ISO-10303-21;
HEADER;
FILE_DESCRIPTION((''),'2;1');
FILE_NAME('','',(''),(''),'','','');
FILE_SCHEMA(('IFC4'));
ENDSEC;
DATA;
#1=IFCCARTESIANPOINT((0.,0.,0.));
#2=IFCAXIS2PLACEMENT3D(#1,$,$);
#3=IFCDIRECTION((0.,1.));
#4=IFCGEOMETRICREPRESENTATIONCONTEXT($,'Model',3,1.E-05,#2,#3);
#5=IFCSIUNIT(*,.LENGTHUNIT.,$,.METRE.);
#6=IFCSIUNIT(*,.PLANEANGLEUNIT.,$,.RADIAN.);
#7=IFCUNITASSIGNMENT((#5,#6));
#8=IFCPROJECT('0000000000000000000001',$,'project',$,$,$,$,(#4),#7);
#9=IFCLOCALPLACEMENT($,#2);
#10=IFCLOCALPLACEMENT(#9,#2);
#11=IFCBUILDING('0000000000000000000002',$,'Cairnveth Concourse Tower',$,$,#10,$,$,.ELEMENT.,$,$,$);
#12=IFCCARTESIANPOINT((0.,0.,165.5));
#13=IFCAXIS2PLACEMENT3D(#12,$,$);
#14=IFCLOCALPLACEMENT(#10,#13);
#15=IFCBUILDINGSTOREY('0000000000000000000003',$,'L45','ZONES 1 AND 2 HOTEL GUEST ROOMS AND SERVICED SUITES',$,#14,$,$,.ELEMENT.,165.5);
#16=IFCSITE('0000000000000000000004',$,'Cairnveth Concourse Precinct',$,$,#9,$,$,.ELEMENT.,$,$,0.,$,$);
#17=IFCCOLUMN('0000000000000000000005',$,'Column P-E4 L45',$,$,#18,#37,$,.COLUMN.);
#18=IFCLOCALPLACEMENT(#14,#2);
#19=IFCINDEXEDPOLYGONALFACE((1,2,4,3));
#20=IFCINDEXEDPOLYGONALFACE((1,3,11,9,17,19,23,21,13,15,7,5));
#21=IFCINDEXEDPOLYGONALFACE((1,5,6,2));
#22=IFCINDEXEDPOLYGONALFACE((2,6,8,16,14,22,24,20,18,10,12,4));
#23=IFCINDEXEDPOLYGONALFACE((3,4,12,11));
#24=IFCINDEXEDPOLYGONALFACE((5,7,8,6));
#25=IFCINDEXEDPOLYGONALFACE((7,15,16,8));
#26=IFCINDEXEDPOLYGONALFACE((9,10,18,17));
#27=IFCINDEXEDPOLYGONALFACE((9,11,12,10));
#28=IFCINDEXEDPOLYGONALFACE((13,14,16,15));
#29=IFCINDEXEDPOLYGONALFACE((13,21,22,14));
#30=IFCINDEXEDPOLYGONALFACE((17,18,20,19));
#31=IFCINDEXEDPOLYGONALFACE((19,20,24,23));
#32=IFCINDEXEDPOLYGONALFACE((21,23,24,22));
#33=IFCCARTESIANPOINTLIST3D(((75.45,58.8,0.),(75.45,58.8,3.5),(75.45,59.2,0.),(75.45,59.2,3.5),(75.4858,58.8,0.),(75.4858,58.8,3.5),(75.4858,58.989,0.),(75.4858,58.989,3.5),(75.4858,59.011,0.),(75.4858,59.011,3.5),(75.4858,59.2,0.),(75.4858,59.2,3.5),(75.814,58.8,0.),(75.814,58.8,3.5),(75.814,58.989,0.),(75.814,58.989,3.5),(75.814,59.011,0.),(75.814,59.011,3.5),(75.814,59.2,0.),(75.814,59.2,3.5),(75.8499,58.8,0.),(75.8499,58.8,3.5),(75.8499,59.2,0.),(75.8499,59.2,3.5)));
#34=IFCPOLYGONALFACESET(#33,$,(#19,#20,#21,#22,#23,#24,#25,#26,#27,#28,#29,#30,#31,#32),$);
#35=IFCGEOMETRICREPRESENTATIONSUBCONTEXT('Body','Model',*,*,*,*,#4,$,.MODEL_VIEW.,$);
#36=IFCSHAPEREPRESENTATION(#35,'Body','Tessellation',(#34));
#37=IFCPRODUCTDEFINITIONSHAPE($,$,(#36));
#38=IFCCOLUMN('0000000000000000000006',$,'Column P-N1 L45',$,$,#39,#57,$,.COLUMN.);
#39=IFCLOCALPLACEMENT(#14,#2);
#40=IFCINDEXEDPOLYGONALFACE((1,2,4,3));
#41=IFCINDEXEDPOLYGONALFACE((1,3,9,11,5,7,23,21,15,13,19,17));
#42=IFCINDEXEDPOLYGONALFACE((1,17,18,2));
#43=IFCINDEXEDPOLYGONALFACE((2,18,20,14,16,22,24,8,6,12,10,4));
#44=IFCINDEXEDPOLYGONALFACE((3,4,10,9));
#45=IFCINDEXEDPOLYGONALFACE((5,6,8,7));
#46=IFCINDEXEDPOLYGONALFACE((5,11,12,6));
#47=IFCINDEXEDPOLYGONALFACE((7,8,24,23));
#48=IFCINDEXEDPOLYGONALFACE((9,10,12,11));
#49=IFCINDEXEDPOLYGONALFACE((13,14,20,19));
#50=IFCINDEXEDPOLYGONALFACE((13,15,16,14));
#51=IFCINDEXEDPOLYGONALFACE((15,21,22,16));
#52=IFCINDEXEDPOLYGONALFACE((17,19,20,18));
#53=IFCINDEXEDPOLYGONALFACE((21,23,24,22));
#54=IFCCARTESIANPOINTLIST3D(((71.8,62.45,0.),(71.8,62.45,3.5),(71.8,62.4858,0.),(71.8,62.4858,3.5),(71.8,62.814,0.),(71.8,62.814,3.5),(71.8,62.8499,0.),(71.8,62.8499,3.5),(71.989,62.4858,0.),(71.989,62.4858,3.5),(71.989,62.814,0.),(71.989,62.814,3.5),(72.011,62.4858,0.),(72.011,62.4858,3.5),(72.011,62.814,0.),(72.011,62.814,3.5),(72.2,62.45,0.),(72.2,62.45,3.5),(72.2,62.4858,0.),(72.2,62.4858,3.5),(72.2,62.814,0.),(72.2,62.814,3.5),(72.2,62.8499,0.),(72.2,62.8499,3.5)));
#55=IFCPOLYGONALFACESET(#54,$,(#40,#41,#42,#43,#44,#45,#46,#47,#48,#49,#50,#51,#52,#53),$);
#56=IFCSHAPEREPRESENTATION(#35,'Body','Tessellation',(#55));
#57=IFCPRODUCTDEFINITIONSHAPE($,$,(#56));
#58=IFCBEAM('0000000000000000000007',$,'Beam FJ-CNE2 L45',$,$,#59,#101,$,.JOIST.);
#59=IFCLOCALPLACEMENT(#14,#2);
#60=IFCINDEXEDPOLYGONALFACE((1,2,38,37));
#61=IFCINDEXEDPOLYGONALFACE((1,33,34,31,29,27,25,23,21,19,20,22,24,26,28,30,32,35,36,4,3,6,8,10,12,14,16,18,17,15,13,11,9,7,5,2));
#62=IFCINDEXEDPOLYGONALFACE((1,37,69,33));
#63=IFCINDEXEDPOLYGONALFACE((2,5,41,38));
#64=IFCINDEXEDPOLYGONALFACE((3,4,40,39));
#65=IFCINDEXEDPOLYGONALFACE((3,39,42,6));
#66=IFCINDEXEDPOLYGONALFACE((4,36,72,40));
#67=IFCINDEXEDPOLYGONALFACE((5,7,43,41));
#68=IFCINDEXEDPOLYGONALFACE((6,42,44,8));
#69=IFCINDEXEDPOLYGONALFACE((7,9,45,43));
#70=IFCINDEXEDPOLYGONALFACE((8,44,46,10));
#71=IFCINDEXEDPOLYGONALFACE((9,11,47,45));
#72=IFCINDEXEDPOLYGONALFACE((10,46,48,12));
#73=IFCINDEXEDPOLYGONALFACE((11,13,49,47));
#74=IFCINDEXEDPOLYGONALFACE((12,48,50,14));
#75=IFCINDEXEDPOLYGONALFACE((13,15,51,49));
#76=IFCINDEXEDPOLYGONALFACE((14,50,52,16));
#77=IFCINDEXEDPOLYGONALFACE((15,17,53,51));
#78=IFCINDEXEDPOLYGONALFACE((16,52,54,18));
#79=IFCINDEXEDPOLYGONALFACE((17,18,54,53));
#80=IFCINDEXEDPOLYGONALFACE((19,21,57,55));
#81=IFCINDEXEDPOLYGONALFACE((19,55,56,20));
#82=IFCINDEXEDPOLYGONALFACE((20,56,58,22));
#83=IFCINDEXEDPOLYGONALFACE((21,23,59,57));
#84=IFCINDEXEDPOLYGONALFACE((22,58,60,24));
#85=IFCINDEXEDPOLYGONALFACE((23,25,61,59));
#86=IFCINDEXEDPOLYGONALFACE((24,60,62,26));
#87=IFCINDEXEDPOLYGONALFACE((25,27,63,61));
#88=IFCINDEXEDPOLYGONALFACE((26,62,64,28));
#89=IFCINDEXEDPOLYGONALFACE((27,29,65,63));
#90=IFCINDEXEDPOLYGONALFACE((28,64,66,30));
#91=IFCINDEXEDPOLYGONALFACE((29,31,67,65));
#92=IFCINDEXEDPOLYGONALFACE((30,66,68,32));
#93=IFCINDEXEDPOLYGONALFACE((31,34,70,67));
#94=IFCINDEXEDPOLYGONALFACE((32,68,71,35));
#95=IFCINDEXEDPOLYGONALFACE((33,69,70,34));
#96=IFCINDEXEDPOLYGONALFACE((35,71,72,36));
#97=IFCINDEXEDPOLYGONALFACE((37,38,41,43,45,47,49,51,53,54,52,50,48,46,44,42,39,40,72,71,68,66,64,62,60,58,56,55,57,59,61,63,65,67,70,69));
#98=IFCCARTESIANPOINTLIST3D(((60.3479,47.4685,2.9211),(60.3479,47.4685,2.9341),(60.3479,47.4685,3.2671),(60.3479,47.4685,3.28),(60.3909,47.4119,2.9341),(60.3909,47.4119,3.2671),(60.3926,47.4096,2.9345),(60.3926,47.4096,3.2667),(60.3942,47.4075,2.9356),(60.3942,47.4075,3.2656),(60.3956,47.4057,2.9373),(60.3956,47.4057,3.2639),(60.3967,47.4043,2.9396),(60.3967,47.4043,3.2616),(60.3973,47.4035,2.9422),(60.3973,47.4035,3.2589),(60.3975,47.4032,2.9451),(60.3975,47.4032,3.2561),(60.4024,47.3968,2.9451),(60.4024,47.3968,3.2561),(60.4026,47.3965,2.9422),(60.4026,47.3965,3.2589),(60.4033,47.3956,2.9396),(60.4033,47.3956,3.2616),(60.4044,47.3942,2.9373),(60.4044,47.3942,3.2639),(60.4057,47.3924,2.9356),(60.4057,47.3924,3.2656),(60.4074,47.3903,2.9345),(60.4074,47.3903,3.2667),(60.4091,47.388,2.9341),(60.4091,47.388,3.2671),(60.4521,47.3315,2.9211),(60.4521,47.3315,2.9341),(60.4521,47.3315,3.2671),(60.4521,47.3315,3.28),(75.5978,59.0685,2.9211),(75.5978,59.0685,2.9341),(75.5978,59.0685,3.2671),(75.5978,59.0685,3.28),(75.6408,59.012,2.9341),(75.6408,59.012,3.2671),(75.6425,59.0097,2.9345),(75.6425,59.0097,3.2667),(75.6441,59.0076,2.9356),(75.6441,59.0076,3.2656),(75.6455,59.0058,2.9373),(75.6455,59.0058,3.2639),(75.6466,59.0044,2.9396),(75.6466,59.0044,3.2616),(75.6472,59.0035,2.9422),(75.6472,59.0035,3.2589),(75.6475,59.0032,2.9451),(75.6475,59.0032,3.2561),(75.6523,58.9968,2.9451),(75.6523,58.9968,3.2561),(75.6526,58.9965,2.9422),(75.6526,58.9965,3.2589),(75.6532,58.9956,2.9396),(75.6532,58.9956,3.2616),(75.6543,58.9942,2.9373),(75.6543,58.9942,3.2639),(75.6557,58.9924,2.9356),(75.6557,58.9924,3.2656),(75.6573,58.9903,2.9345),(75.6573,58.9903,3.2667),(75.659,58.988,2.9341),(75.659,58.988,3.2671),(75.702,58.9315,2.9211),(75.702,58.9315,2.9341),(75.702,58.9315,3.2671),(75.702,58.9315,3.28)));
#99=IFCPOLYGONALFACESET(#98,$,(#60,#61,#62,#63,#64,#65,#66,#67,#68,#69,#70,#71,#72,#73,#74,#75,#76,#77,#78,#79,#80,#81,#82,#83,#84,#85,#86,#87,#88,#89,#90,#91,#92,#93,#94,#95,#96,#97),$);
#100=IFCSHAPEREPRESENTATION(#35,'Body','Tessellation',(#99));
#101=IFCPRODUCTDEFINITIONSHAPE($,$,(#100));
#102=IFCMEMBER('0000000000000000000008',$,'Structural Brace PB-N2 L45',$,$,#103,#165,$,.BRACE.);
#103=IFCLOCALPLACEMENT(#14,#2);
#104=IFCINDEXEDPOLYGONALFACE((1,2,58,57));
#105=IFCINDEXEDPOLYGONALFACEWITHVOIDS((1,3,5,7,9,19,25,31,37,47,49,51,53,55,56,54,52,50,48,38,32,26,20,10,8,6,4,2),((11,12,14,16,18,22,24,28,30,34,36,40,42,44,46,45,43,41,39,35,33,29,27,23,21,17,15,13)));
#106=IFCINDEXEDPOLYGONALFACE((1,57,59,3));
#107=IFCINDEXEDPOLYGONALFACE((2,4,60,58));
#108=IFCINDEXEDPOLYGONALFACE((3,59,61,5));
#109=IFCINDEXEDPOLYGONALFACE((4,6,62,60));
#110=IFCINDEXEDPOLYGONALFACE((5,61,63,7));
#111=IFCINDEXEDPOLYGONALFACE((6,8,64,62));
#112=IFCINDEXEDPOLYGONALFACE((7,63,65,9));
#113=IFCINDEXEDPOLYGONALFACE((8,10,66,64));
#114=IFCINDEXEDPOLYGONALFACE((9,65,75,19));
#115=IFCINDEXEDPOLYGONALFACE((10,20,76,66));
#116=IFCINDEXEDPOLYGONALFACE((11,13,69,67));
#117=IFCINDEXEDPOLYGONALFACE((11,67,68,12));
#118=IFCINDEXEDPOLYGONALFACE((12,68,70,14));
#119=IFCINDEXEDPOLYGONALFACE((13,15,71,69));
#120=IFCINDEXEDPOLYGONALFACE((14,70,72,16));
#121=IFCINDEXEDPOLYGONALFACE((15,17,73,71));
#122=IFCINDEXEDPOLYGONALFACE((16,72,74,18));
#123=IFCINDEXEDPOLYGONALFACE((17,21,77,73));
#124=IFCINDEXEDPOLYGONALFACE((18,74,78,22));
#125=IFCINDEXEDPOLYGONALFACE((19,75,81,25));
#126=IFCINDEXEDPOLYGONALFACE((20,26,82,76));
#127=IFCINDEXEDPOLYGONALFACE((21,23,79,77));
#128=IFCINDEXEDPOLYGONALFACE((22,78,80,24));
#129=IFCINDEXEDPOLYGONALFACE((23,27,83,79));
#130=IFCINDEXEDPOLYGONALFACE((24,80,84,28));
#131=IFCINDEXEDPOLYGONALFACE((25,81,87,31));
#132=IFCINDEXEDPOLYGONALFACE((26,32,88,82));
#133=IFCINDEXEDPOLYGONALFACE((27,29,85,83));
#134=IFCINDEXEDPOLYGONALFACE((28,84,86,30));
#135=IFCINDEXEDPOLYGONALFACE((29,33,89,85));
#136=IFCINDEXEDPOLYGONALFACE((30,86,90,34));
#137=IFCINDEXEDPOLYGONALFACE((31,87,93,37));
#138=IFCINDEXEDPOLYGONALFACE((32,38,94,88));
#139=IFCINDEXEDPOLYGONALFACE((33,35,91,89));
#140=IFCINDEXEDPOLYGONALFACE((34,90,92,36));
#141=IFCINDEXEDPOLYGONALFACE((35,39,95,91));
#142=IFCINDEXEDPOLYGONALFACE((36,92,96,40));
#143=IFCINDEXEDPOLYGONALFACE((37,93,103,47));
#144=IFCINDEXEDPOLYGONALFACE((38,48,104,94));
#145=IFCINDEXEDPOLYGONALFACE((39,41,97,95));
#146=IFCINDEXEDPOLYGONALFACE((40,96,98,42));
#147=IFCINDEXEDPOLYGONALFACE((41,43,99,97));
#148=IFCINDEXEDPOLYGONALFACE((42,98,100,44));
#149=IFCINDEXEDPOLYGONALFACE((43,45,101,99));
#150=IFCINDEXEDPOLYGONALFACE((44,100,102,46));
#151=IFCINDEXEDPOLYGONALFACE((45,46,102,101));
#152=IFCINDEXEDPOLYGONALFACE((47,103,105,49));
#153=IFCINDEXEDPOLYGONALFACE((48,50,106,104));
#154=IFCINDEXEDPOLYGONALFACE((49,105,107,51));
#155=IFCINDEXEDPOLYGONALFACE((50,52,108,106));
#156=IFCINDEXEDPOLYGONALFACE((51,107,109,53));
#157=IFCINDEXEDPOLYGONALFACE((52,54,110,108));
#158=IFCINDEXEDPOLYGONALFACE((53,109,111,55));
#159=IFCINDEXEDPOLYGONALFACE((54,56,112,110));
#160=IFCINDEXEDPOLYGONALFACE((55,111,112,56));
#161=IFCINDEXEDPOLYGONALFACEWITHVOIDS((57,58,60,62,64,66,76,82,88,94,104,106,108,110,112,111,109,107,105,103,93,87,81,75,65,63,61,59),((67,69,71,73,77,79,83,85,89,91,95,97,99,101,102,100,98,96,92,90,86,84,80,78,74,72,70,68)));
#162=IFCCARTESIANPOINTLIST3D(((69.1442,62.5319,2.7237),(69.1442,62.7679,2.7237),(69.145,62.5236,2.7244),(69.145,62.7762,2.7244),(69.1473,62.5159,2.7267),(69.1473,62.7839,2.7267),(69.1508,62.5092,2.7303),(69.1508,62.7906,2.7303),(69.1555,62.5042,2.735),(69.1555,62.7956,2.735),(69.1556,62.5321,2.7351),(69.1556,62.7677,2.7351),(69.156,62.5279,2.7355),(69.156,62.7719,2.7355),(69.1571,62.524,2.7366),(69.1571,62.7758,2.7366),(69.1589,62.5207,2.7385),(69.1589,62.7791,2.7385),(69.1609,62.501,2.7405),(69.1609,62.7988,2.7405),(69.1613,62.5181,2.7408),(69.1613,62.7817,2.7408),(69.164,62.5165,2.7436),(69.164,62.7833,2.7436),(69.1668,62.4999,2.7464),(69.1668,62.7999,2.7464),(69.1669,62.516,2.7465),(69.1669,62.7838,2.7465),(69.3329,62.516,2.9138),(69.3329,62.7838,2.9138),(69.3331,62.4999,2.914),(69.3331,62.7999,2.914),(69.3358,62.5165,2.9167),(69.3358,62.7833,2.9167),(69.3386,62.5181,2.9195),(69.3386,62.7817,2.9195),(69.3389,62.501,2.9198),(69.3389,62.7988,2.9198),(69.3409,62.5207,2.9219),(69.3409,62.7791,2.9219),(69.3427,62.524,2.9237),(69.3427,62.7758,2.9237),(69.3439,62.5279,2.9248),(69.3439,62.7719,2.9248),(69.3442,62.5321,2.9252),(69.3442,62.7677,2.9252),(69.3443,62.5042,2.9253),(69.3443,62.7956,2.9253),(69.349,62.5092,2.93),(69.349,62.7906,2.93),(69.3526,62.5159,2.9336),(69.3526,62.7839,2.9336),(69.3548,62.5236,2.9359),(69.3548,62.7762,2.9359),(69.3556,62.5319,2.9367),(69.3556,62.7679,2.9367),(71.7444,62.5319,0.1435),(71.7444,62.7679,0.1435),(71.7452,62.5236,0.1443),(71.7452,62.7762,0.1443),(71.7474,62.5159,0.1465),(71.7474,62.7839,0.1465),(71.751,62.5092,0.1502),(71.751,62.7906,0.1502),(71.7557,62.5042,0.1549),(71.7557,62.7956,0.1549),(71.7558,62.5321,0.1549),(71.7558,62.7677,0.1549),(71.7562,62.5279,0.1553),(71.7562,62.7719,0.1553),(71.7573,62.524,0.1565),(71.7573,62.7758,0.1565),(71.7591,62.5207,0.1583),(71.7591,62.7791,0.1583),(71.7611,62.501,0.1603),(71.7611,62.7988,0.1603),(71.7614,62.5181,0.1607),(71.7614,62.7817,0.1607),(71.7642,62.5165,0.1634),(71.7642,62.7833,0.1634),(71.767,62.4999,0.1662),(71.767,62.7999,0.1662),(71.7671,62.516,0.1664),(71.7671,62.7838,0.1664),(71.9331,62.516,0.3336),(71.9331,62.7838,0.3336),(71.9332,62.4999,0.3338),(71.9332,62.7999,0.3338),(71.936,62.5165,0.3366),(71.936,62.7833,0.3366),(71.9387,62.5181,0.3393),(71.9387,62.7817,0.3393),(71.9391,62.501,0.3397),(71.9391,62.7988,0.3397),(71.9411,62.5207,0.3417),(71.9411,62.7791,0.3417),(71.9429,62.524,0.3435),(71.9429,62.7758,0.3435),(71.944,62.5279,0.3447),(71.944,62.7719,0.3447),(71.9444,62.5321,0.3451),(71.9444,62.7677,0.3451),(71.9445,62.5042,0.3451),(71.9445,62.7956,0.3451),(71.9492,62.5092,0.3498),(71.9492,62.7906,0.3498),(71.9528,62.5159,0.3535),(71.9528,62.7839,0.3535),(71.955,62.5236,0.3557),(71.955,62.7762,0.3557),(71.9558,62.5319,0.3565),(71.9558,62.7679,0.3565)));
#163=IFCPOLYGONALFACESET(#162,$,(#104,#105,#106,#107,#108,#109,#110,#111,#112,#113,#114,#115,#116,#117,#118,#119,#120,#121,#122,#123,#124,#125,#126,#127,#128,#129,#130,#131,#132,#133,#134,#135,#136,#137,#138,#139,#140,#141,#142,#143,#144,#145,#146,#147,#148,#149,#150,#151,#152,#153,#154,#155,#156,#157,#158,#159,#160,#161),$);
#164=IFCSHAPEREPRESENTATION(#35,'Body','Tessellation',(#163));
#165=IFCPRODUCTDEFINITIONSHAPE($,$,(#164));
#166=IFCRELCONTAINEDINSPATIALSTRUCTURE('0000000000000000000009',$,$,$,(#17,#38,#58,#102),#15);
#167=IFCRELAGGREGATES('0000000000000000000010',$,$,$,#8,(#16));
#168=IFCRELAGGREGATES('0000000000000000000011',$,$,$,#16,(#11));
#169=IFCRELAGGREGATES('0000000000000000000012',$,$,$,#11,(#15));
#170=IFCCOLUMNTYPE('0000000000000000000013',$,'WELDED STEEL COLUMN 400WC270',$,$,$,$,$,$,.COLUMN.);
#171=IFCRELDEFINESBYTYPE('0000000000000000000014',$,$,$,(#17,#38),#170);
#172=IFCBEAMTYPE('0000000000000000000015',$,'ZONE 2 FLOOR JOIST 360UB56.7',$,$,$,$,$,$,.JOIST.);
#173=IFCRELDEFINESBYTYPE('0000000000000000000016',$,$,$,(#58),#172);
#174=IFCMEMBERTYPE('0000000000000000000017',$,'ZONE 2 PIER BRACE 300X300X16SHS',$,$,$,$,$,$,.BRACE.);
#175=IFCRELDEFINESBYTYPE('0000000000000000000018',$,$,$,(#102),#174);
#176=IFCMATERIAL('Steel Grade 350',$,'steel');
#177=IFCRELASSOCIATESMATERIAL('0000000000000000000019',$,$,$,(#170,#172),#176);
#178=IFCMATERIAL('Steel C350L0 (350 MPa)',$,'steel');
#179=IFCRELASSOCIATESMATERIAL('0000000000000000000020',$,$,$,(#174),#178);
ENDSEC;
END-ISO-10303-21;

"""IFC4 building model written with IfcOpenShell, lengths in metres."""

from ifc_helpers import new_model, si_unit, direction, frame, origin, origin_2d, place, context, subcontext, project, spatial, hollow_rectangle, i_section, extrude, material, material_profile, profile_set, type_object, element, save


model = new_model("IFC4")

# Units and contexts
model_context = context("Model", 3, precision=1e-05, world=origin(), true_north=direction((0.0, 1.0)))
body_context = subcontext(model_context, "Body", "Model", "MODEL_VIEW")
ifc_project = project(units=[si_unit("LENGTHUNIT", "METRE"), si_unit("PLANEANGLEUNIT", "RADIAN")], contexts=[model_context])

# Site, building, storey
site_placement = place(None, origin())
site = spatial("IfcSite", under=ifc_project, at=site_placement, Name="Cairnveth Concourse Precinct", CompositionType="ELEMENT", RefElevation=0.0)
building_placement = place(site_placement, origin())
building = spatial("IfcBuilding", under=site, at=building_placement, Name="Cairnveth Concourse Tower", CompositionType="ELEMENT")
storey_placement = place(building_placement, frame((0.0, 0.0, 165.5)))
storey = spatial("IfcBuildingStorey", under=building, at=storey_placement, Name="L45", Description="ZONES 1 AND 2 HOTEL GUEST ROOMS AND SERVICED SUITES", CompositionType="ELEMENT", Elevation=165.5)

# Columns
ifc_material_1 = material(Name="Steel Grade 350", Category="steel")
ifc_material_profile_1 = material_profile(ifc_material_1, i_section(OverallWidth=0.3999, OverallDepth=0.3999, WebThickness=0.022, FlangeThickness=0.0359, at=origin_2d()), Name="400WC270")
ifc_profile_set_1 = profile_set([ifc_material_profile_1], Name="Steel Grade 350")
column_type = type_object("IfcColumnType", Name="WELDED STEEL COLUMN 400WC270", PredefinedType="COLUMN", material=ifc_profile_set_1)
for number, where, z_axis, x_axis, name in (
    (1, (75.6499, 59.0, 0.0), (0.0, 0.0, 1.0), (0.0, 1.0, 0.0), "Column P-E4 L45"),
    (2, (72.0, 62.6499, 0.0), (0.0, 0.0, 1.0), (1.0, 0.0, 0.0), "Column P-N1 L45"),
):
    element("IfcColumn", number, at=place(storey_placement, frame(where, z_axis=z_axis, x_axis=x_axis)), inside=storey, type_object=column_type, Name=name, PredefinedType="COLUMN", context=body_context, shape_type="SweptSolid", body=[
        extrude(i_section(OverallWidth=0.3999, OverallDepth=0.3999, WebThickness=0.022, FlangeThickness=0.0359, at=origin_2d()), origin(), (0.0, 0.0, 1.0), 3.5),
    ])

# Beam
ifc_material_profile_2 = material_profile(ifc_material_1, i_section(OverallWidth=0.1721, OverallDepth=0.3589, WebThickness=0.0081, FlangeThickness=0.0129, FilletRadius=0.011, at=origin_2d()), Name="360UB56.7")
ifc_profile_set_2 = profile_set([ifc_material_profile_2], Name="Steel Grade 350")
beam_type_1 = type_object("IfcBeamType", Name="ZONE 2 FLOOR JOIST 360UB56.7", PredefinedType="JOIST", material=ifc_profile_set_2)
beam_1_placement = place(storey_placement, frame((75.6499, 59.0, 3.1006), z_axis=(-0.795908, -0.605417, 0.0), x_axis=(0.605417, -0.795908, 0.0)))
element("IfcBeam", 3, at=beam_1_placement, inside=storey, type_object=beam_type_1, Name="Beam FJ-CNE2 L45", PredefinedType="JOIST", context=body_context, shape_type="SweptSolid", body=[
    extrude(i_section(OverallWidth=0.1721, OverallDepth=0.3589, WebThickness=0.0081, FlangeThickness=0.0129, FilletRadius=0.011, at=origin_2d()), origin(), (0.0, 0.0, 1.0), 19.1604),
])

# Member
ifc_material_2 = material(Name="Steel C350L0 (350 MPa)", Category="steel")
ifc_material_profile_3 = material_profile(ifc_material_2, hollow_rectangle(XDim=0.3, YDim=0.3, WallThickness=0.0161, InnerFilletRadius=0.0161, OuterFilletRadius=0.032, at=origin_2d()), Name="300x300x16.0SHS")
ifc_profile_set_3 = profile_set([ifc_material_profile_3], Name="Steel C350L0 (350 MPa)")
member_type = type_object("IfcMemberType", Name="ZONE 2 PIER BRACE 300X300X16SHS", PredefinedType="BRACE", material=ifc_profile_set_3)
for number, where, z_axis, x_axis, name in (
    (4, (71.8501, 62.6499, 0.25), (-0.709834, 0.0, 0.704369), (0.0, -1.0, 0.0), "Structural Brace PB-N2 L45"),
):
    element("IfcMember", number, at=place(storey_placement, frame(where, z_axis=z_axis, x_axis=x_axis)), inside=storey, type_object=member_type, Name=name, PredefinedType="BRACE", context=body_context, shape_type="SweptSolid", body=[
        extrude(hollow_rectangle(XDim=0.3, YDim=0.3, WallThickness=0.0161, InnerFilletRadius=0.0161, OuterFilletRadius=0.032, at=origin_2d()), origin(), (0.0, 0.0, 1.0), 3.6631),
    ])

save(model, "model.ifc")
